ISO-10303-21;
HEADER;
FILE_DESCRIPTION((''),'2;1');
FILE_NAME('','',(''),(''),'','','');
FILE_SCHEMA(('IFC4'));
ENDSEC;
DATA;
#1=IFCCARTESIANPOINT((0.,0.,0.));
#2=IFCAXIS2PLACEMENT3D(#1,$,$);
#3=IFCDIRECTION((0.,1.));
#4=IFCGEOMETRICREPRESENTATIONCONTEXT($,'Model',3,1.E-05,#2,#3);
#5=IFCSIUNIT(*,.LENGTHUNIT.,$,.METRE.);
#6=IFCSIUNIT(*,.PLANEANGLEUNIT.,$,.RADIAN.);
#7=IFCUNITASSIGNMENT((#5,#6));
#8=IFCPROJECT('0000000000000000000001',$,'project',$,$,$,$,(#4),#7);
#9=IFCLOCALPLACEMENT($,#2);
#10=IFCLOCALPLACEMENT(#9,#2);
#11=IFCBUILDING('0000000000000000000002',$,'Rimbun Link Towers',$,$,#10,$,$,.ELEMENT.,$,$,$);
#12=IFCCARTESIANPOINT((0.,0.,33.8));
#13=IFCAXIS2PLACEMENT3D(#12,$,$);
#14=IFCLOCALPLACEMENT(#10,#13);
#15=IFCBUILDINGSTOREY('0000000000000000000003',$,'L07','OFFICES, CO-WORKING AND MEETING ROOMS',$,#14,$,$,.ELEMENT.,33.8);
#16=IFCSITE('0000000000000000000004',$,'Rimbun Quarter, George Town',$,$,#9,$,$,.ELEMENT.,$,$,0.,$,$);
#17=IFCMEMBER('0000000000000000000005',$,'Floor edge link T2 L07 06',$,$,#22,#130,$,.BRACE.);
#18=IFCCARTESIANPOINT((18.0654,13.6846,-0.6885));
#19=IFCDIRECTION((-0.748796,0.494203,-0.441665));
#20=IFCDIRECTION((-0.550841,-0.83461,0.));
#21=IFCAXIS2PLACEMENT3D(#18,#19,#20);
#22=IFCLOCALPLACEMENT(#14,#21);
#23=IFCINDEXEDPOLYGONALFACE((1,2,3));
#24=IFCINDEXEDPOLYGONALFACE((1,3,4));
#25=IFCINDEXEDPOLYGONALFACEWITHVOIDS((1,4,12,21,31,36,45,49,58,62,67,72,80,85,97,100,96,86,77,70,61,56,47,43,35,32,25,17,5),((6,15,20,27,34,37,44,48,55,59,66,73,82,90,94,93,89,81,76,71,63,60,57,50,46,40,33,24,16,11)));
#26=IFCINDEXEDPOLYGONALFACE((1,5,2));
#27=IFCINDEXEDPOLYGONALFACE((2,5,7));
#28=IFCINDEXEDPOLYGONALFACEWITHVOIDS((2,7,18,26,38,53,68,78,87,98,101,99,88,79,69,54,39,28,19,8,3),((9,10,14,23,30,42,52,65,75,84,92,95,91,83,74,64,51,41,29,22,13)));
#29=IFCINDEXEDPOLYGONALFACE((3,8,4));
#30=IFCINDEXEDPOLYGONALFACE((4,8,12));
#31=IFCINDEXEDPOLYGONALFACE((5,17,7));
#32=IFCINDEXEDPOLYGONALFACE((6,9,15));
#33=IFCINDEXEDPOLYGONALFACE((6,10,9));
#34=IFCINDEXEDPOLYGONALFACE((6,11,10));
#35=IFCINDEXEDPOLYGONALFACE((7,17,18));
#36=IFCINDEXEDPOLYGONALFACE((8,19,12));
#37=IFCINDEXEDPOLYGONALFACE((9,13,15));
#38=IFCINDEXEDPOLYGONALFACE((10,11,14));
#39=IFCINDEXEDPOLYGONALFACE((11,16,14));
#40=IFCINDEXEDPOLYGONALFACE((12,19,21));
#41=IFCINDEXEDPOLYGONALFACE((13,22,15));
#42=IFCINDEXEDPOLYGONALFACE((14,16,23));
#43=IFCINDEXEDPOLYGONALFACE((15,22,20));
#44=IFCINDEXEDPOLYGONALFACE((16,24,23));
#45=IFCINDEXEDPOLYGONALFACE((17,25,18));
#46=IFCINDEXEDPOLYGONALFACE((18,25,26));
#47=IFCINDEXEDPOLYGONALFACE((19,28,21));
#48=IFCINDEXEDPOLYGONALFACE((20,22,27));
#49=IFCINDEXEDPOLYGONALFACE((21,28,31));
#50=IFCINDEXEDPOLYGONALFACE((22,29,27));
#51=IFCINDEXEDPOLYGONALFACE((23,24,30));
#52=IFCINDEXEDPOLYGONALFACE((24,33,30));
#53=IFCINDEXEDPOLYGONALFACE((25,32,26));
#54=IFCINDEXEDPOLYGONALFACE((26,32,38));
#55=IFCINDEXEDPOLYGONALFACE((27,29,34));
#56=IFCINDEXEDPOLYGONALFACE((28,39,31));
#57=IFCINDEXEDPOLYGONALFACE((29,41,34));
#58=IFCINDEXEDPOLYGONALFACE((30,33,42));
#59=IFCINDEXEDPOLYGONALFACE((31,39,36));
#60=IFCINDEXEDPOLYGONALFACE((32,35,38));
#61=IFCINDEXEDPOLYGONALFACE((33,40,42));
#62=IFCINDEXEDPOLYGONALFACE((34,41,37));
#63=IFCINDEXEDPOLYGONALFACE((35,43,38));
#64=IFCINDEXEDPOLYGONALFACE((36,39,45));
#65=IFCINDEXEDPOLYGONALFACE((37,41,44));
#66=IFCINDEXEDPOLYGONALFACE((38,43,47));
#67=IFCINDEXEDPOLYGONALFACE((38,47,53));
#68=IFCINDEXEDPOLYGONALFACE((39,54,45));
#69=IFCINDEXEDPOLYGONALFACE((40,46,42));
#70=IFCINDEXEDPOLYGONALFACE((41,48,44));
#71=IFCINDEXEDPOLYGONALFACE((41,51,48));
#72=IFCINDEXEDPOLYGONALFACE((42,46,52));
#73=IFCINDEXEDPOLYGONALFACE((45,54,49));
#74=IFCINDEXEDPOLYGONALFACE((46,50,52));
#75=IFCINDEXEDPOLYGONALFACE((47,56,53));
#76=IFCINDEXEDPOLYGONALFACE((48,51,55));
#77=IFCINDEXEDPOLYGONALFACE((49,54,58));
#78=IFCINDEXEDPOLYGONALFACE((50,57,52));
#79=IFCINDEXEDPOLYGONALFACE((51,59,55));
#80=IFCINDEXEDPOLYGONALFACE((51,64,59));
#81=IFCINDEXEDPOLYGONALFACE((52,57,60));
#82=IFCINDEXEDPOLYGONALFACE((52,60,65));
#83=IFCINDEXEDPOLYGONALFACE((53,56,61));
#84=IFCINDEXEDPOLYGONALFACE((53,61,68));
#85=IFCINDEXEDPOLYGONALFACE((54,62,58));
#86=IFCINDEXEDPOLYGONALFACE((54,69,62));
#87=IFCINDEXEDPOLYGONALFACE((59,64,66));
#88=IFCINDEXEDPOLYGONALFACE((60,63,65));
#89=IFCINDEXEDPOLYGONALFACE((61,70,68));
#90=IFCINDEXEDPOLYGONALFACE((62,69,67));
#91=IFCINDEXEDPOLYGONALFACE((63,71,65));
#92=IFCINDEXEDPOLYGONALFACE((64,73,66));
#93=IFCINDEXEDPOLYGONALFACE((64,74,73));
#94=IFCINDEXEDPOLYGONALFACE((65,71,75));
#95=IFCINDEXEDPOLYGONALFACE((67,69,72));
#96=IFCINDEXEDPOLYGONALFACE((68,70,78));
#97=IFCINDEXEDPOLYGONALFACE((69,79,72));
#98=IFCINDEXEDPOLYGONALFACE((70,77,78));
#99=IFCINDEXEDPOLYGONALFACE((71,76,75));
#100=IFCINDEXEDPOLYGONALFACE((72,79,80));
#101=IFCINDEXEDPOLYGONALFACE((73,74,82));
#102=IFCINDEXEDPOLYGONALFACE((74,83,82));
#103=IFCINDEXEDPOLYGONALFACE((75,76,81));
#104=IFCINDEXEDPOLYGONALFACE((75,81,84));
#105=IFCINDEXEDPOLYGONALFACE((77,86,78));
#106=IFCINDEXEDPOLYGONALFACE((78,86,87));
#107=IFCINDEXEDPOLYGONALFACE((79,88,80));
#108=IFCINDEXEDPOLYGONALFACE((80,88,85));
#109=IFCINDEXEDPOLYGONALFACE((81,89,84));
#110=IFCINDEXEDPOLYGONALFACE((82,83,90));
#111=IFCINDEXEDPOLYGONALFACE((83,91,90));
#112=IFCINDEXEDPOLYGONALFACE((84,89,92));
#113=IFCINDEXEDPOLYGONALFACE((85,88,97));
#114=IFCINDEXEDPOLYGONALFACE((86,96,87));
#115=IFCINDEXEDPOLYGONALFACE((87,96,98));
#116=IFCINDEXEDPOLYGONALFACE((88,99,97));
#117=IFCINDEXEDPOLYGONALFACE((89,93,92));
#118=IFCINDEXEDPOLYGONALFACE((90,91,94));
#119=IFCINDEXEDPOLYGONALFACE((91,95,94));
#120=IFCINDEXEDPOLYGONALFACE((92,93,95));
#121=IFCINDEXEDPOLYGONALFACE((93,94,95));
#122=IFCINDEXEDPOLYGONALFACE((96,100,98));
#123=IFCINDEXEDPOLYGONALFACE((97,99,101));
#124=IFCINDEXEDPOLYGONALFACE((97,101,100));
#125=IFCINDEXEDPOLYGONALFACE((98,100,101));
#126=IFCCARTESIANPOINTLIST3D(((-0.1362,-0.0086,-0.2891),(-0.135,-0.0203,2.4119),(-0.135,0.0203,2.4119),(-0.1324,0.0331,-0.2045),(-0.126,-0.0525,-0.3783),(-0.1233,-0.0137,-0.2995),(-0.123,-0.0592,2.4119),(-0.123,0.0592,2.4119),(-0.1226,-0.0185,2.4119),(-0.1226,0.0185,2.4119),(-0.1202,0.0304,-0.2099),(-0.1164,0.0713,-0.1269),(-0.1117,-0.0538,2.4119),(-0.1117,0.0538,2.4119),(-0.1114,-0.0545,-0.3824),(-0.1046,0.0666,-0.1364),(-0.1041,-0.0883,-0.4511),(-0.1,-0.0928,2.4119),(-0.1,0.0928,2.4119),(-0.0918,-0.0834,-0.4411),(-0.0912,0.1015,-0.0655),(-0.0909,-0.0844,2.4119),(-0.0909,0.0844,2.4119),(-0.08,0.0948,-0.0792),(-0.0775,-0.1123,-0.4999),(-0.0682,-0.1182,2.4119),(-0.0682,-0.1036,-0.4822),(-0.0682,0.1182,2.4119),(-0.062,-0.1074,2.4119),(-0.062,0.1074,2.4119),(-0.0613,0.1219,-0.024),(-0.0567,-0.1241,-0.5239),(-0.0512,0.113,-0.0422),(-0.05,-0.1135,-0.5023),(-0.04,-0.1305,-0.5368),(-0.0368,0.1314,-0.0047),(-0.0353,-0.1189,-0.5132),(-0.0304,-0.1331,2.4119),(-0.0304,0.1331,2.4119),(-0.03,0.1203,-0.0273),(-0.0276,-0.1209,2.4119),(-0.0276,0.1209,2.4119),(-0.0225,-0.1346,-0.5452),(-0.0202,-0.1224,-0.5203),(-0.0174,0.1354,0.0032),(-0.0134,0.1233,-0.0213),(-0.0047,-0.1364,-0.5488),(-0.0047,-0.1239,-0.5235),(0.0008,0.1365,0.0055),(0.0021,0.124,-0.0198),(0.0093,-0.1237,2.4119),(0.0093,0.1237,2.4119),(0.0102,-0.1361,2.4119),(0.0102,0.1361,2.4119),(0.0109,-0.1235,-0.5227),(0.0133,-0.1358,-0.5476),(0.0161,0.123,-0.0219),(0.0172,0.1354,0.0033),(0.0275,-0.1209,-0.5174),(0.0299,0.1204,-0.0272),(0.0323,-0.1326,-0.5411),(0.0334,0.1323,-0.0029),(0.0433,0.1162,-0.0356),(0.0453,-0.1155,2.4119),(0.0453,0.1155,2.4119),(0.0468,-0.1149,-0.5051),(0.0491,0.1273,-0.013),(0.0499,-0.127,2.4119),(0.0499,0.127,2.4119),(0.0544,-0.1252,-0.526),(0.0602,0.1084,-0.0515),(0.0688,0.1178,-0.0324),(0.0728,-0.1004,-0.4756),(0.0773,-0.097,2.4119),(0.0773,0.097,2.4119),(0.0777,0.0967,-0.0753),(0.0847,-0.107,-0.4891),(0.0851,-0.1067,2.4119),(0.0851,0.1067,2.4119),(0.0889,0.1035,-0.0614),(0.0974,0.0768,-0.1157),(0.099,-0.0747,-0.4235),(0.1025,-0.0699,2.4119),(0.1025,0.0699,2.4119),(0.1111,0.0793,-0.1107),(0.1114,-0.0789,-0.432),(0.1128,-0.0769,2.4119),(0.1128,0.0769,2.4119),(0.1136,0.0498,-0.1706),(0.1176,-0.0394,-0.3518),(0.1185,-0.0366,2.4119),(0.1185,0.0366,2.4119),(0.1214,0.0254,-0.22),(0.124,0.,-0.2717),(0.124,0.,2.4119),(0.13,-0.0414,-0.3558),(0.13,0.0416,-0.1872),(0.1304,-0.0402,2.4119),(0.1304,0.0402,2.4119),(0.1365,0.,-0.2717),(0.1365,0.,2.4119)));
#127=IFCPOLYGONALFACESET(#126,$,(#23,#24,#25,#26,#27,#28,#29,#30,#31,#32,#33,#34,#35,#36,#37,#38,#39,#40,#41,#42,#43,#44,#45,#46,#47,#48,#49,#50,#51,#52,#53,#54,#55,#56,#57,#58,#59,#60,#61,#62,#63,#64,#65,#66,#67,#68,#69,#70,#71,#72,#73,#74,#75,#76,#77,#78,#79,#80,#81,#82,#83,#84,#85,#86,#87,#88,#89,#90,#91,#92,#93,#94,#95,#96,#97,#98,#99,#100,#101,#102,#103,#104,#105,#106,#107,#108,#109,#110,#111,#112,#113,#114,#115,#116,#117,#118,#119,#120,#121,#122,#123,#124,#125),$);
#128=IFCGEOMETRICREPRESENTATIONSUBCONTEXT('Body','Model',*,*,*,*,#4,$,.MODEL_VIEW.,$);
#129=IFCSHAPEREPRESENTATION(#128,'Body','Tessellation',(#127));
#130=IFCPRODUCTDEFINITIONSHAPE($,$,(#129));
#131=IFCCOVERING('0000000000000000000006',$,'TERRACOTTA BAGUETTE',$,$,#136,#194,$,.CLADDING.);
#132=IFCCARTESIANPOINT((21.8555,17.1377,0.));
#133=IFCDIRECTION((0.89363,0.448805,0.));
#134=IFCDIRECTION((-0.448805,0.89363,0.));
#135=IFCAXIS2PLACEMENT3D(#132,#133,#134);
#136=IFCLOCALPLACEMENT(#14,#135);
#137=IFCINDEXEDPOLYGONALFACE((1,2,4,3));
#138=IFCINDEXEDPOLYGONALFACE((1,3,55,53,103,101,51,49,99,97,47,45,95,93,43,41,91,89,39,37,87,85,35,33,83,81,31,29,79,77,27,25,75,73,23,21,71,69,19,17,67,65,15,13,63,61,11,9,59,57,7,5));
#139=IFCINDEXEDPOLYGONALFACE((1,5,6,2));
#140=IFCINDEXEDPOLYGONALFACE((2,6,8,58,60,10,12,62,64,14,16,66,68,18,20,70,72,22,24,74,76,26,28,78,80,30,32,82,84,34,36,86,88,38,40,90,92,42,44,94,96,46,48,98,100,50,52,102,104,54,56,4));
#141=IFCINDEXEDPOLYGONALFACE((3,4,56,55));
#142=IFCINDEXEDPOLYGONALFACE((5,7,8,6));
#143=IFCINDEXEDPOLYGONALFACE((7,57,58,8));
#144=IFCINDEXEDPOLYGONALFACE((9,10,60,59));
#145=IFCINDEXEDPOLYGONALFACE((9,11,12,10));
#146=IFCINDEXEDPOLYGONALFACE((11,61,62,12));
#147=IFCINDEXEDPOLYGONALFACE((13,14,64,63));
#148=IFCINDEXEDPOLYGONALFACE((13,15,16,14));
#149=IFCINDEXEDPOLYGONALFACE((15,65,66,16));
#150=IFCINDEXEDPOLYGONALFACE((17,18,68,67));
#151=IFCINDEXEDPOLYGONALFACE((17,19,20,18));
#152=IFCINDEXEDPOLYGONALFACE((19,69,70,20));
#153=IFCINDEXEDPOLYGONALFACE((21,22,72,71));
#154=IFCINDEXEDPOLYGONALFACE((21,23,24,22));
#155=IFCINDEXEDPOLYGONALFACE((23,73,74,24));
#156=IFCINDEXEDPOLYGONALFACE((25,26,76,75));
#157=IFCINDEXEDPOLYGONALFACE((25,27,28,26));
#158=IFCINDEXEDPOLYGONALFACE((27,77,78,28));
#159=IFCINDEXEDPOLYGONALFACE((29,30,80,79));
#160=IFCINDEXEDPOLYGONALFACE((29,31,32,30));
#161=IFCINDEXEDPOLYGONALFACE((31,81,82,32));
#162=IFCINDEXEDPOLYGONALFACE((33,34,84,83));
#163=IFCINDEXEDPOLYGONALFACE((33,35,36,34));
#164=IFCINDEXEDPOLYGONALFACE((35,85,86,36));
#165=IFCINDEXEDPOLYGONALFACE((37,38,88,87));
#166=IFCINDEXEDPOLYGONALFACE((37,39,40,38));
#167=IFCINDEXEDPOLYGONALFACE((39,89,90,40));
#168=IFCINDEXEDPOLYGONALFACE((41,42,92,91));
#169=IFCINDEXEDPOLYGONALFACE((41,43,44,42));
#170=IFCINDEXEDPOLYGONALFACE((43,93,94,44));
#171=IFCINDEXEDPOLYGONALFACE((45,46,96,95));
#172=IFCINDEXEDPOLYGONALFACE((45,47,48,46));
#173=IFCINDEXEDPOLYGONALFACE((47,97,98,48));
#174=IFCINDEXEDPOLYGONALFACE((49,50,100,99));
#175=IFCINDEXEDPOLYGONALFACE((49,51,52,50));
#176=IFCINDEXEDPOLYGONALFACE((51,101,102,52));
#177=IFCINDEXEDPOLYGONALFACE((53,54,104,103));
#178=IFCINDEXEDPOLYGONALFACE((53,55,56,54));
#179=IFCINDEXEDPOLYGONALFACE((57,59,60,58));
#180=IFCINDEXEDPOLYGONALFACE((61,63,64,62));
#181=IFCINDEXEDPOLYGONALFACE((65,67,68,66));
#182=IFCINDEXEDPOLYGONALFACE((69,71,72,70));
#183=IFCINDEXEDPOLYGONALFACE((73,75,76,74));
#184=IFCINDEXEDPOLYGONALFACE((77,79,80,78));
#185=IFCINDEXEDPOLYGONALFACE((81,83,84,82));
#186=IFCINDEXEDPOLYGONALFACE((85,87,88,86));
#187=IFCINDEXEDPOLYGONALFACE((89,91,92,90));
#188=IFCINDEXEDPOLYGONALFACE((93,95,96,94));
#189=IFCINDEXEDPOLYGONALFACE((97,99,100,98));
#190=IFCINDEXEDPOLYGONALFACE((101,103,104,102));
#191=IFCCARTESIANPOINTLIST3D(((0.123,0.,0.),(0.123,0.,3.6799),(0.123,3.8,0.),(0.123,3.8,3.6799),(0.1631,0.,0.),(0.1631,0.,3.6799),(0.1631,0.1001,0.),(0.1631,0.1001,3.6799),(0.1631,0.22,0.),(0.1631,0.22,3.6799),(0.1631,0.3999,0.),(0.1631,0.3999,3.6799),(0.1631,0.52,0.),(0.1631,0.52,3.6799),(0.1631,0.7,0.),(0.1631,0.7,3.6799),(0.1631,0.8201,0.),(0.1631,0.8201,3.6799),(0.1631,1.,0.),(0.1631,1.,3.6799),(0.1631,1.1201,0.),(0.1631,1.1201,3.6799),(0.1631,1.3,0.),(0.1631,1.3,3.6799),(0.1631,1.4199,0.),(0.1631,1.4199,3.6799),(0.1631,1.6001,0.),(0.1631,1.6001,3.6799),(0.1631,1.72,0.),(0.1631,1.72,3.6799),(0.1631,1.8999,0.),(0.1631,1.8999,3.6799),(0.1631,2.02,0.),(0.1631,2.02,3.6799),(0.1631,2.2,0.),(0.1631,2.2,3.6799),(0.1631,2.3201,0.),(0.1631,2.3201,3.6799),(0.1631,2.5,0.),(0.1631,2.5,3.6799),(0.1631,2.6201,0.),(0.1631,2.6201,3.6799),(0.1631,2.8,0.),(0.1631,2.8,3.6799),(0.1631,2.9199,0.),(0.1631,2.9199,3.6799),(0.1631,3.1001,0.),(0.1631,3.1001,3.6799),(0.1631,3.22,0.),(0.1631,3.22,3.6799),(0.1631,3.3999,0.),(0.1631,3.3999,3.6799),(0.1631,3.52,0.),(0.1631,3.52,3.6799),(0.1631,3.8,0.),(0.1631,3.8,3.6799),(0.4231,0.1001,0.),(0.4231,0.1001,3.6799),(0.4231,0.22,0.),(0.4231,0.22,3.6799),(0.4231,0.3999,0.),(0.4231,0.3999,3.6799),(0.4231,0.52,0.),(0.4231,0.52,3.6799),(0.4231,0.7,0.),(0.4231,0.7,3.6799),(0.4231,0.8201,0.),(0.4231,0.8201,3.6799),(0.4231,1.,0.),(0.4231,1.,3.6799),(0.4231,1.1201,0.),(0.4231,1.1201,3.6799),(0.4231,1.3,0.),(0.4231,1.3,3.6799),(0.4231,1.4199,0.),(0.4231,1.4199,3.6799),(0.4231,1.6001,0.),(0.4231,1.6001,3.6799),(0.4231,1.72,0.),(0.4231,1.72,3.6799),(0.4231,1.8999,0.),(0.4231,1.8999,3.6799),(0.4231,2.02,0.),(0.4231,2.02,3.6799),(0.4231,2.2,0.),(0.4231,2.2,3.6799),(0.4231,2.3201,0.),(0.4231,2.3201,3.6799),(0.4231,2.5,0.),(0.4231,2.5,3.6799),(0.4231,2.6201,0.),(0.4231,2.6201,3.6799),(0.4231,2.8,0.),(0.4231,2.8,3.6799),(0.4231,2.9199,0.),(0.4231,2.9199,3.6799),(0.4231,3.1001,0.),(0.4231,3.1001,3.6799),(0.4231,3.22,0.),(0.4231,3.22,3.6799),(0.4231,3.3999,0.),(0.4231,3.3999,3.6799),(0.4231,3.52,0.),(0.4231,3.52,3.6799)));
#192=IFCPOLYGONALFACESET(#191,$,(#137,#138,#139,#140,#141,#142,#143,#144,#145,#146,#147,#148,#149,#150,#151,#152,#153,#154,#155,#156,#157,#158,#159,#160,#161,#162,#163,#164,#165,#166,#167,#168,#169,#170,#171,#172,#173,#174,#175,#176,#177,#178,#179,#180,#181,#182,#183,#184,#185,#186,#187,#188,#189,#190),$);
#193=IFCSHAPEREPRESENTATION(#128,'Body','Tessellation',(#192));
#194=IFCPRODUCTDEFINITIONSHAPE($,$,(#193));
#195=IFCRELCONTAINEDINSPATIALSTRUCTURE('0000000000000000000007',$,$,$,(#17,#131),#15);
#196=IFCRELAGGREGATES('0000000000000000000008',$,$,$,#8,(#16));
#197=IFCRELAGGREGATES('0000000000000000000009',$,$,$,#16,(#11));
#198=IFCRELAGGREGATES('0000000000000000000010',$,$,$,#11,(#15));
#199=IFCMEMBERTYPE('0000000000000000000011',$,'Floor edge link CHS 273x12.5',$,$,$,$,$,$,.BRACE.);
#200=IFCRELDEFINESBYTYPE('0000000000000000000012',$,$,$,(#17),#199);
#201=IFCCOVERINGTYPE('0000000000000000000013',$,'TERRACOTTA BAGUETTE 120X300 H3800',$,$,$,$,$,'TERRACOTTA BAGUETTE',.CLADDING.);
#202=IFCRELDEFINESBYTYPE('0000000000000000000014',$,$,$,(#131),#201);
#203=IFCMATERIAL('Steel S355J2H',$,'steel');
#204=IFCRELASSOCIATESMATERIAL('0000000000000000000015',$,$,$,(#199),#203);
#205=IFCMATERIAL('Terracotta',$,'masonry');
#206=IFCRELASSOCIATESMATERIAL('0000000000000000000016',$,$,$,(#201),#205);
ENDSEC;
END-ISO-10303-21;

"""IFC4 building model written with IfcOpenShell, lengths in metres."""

from ifc_helpers import new_model, si_unit, direction, frame, origin, origin_2d, place, context, subcontext, project, spatial, polyline, hollow_circle, outline, extrude, clip, halfspace, material, material_profile, profile_set, type_object, element, save


model = new_model("IFC4")

# Units and contexts
model_context = context("Model", 3, precision=1e-05, world=origin(), true_north=direction((0.0, 1.0)))
body_context = subcontext(model_context, "Body", "Model", "MODEL_VIEW")
ifc_project = project(units=[si_unit("LENGTHUNIT", "METRE"), si_unit("PLANEANGLEUNIT", "RADIAN")], contexts=[model_context])

# Site, building, storey
site_placement = place(None, origin())
site = spatial("IfcSite", under=ifc_project, at=site_placement, Name="Rimbun Quarter, George Town", CompositionType="ELEMENT", RefElevation=0.0)
building_placement = place(site_placement, origin())
building = spatial("IfcBuilding", under=site, at=building_placement, Name="Rimbun Link Towers", CompositionType="ELEMENT")
storey_placement = place(building_placement, frame((0.0, 0.0, 33.8)))
storey = spatial("IfcBuildingStorey", under=building, at=storey_placement, Name="L07", Description="OFFICES, CO-WORKING AND MEETING ROOMS", CompositionType="ELEMENT", Elevation=33.8)

# Member
ifc_material_1 = material(Name="Steel S355J2H", Category="steel")
ifc_material_profile_1 = material_profile(ifc_material_1, hollow_circle(Radius=0.1365, WallThickness=0.0125, at=origin_2d()), Name="CHS 273x12.5")
ifc_profile_set_1 = profile_set([ifc_material_profile_1], Name="Steel S355J2H")
member_type_1 = type_object("IfcMemberType", Name="Floor edge link CHS 273x12.5", PredefinedType="BRACE", material=ifc_profile_set_1)
member_1_placement = place(storey_placement, frame((18.0654, 13.6846, -0.6885), z_axis=(-0.748796, 0.494203, -0.441665), x_axis=(-0.550841, -0.83461, 0.0)))
element("IfcMember", 1, at=member_1_placement, inside=storey, type_object=member_type_1, Name="Floor edge link T2 L07 06", PredefinedType="BRACE", context=body_context, shape_type="Clipping", body=[
    clip(extrude(hollow_circle(Radius=0.1365, WallThickness=0.0125, at=origin_2d()), frame((0.0, 0.0, -0.5774)), (0.0, 0.0, 1.0), 2.9893), halfspace(frame((0.0, 0.0, -0.2717), z_axis=(0.0, 0.89718, -0.441665)), False)),
])

# Covering
ifc_material_2 = material(Name="Terracotta", Category="masonry")
ifc_material_profile_2 = material_profile(ifc_material_2, outline(polyline([(0.123, 0.0), (0.1631, 0.0), (0.1631, 0.1001), (0.4231, 0.1001), (0.4231, 0.22), (0.1631, 0.22), (0.1631, 0.3999), (0.4231, 0.3999), (0.4231, 0.52), (0.1631, 0.52), (0.1631, 0.7), (0.4231, 0.7), (0.4231, 0.8201), (0.1631, 0.8201), (0.1631, 1.0), (0.4231, 1.0), (0.4231, 1.1201), (0.1631, 1.1201), (0.1631, 1.3), (0.4231, 1.3), (0.4231, 1.4199), (0.1631, 1.4199), (0.1631, 1.6001), (0.4231, 1.6001), (0.4231, 1.72), (0.1631, 1.72), (0.1631, 1.8999), (0.4231, 1.8999), (0.4231, 2.02), (0.1631, 2.02), (0.1631, 2.2), (0.4231, 2.2), (0.4231, 2.3201), (0.1631, 2.3201), (0.1631, 2.5), (0.4231, 2.5), (0.4231, 2.6201), (0.1631, 2.6201), (0.1631, 2.8), (0.4231, 2.8), (0.4231, 2.9199), (0.1631, 2.9199), (0.1631, 3.1001), (0.4231, 3.1001), (0.4231, 3.22), (0.1631, 3.22), (0.1631, 3.3999), (0.4231, 3.3999), (0.4231, 3.52), (0.1631, 3.52), (0.1631, 3.8), (0.123, 3.8), (0.123, 0.0)])), Name="BAGUETTE 120X300")
ifc_profile_set_2 = profile_set([ifc_material_profile_2], Name="Terracotta")
covering_type = type_object("IfcCoveringType", Name="TERRACOTTA BAGUETTE 120X300 H3800", ElementType="TERRACOTTA BAGUETTE", PredefinedType="CLADDING", material=ifc_profile_set_2)
covering_1_placement = place(storey_placement, frame((21.8555, 17.1377, 0.0), z_axis=(0.89363, 0.448805, 0.0), x_axis=(-0.448805, 0.89363, 0.0)))
element("IfcCovering", 2, at=covering_1_placement, inside=storey, type_object=covering_type, Name="TERRACOTTA BAGUETTE", PredefinedType="CLADDING", context=body_context, shape_type="SweptSolid", body=[
    extrude(outline(polyline([(0.123, 0.0), (0.1631, 0.0), (0.1631, 0.1001), (0.4231, 0.1001), (0.4231, 0.22), (0.1631, 0.22), (0.1631, 0.3999), (0.4231, 0.3999), (0.4231, 0.52), (0.1631, 0.52), (0.1631, 0.7), (0.4231, 0.7), (0.4231, 0.8201), (0.1631, 0.8201), (0.1631, 1.0), (0.4231, 1.0), (0.4231, 1.1201), (0.1631, 1.1201), (0.1631, 1.3), (0.4231, 1.3), (0.4231, 1.4199), (0.1631, 1.4199), (0.1631, 1.6001), (0.4231, 1.6001), (0.4231, 1.72), (0.1631, 1.72), (0.1631, 1.8999), (0.4231, 1.8999), (0.4231, 2.02), (0.1631, 2.02), (0.1631, 2.2), (0.4231, 2.2), (0.4231, 2.3201), (0.1631, 2.3201), (0.1631, 2.5), (0.4231, 2.5), (0.4231, 2.6201), (0.1631, 2.6201), (0.1631, 2.8), (0.4231, 2.8), (0.4231, 2.9199), (0.1631, 2.9199), (0.1631, 3.1001), (0.4231, 3.1001), (0.4231, 3.22), (0.1631, 3.22), (0.1631, 3.3999), (0.4231, 3.3999), (0.4231, 3.52), (0.1631, 3.52), (0.1631, 3.8), (0.123, 3.8), (0.123, 0.0)])), origin(), (0.0, 0.0, 1.0), 3.6799),
])

save(model, "model.ifc")
